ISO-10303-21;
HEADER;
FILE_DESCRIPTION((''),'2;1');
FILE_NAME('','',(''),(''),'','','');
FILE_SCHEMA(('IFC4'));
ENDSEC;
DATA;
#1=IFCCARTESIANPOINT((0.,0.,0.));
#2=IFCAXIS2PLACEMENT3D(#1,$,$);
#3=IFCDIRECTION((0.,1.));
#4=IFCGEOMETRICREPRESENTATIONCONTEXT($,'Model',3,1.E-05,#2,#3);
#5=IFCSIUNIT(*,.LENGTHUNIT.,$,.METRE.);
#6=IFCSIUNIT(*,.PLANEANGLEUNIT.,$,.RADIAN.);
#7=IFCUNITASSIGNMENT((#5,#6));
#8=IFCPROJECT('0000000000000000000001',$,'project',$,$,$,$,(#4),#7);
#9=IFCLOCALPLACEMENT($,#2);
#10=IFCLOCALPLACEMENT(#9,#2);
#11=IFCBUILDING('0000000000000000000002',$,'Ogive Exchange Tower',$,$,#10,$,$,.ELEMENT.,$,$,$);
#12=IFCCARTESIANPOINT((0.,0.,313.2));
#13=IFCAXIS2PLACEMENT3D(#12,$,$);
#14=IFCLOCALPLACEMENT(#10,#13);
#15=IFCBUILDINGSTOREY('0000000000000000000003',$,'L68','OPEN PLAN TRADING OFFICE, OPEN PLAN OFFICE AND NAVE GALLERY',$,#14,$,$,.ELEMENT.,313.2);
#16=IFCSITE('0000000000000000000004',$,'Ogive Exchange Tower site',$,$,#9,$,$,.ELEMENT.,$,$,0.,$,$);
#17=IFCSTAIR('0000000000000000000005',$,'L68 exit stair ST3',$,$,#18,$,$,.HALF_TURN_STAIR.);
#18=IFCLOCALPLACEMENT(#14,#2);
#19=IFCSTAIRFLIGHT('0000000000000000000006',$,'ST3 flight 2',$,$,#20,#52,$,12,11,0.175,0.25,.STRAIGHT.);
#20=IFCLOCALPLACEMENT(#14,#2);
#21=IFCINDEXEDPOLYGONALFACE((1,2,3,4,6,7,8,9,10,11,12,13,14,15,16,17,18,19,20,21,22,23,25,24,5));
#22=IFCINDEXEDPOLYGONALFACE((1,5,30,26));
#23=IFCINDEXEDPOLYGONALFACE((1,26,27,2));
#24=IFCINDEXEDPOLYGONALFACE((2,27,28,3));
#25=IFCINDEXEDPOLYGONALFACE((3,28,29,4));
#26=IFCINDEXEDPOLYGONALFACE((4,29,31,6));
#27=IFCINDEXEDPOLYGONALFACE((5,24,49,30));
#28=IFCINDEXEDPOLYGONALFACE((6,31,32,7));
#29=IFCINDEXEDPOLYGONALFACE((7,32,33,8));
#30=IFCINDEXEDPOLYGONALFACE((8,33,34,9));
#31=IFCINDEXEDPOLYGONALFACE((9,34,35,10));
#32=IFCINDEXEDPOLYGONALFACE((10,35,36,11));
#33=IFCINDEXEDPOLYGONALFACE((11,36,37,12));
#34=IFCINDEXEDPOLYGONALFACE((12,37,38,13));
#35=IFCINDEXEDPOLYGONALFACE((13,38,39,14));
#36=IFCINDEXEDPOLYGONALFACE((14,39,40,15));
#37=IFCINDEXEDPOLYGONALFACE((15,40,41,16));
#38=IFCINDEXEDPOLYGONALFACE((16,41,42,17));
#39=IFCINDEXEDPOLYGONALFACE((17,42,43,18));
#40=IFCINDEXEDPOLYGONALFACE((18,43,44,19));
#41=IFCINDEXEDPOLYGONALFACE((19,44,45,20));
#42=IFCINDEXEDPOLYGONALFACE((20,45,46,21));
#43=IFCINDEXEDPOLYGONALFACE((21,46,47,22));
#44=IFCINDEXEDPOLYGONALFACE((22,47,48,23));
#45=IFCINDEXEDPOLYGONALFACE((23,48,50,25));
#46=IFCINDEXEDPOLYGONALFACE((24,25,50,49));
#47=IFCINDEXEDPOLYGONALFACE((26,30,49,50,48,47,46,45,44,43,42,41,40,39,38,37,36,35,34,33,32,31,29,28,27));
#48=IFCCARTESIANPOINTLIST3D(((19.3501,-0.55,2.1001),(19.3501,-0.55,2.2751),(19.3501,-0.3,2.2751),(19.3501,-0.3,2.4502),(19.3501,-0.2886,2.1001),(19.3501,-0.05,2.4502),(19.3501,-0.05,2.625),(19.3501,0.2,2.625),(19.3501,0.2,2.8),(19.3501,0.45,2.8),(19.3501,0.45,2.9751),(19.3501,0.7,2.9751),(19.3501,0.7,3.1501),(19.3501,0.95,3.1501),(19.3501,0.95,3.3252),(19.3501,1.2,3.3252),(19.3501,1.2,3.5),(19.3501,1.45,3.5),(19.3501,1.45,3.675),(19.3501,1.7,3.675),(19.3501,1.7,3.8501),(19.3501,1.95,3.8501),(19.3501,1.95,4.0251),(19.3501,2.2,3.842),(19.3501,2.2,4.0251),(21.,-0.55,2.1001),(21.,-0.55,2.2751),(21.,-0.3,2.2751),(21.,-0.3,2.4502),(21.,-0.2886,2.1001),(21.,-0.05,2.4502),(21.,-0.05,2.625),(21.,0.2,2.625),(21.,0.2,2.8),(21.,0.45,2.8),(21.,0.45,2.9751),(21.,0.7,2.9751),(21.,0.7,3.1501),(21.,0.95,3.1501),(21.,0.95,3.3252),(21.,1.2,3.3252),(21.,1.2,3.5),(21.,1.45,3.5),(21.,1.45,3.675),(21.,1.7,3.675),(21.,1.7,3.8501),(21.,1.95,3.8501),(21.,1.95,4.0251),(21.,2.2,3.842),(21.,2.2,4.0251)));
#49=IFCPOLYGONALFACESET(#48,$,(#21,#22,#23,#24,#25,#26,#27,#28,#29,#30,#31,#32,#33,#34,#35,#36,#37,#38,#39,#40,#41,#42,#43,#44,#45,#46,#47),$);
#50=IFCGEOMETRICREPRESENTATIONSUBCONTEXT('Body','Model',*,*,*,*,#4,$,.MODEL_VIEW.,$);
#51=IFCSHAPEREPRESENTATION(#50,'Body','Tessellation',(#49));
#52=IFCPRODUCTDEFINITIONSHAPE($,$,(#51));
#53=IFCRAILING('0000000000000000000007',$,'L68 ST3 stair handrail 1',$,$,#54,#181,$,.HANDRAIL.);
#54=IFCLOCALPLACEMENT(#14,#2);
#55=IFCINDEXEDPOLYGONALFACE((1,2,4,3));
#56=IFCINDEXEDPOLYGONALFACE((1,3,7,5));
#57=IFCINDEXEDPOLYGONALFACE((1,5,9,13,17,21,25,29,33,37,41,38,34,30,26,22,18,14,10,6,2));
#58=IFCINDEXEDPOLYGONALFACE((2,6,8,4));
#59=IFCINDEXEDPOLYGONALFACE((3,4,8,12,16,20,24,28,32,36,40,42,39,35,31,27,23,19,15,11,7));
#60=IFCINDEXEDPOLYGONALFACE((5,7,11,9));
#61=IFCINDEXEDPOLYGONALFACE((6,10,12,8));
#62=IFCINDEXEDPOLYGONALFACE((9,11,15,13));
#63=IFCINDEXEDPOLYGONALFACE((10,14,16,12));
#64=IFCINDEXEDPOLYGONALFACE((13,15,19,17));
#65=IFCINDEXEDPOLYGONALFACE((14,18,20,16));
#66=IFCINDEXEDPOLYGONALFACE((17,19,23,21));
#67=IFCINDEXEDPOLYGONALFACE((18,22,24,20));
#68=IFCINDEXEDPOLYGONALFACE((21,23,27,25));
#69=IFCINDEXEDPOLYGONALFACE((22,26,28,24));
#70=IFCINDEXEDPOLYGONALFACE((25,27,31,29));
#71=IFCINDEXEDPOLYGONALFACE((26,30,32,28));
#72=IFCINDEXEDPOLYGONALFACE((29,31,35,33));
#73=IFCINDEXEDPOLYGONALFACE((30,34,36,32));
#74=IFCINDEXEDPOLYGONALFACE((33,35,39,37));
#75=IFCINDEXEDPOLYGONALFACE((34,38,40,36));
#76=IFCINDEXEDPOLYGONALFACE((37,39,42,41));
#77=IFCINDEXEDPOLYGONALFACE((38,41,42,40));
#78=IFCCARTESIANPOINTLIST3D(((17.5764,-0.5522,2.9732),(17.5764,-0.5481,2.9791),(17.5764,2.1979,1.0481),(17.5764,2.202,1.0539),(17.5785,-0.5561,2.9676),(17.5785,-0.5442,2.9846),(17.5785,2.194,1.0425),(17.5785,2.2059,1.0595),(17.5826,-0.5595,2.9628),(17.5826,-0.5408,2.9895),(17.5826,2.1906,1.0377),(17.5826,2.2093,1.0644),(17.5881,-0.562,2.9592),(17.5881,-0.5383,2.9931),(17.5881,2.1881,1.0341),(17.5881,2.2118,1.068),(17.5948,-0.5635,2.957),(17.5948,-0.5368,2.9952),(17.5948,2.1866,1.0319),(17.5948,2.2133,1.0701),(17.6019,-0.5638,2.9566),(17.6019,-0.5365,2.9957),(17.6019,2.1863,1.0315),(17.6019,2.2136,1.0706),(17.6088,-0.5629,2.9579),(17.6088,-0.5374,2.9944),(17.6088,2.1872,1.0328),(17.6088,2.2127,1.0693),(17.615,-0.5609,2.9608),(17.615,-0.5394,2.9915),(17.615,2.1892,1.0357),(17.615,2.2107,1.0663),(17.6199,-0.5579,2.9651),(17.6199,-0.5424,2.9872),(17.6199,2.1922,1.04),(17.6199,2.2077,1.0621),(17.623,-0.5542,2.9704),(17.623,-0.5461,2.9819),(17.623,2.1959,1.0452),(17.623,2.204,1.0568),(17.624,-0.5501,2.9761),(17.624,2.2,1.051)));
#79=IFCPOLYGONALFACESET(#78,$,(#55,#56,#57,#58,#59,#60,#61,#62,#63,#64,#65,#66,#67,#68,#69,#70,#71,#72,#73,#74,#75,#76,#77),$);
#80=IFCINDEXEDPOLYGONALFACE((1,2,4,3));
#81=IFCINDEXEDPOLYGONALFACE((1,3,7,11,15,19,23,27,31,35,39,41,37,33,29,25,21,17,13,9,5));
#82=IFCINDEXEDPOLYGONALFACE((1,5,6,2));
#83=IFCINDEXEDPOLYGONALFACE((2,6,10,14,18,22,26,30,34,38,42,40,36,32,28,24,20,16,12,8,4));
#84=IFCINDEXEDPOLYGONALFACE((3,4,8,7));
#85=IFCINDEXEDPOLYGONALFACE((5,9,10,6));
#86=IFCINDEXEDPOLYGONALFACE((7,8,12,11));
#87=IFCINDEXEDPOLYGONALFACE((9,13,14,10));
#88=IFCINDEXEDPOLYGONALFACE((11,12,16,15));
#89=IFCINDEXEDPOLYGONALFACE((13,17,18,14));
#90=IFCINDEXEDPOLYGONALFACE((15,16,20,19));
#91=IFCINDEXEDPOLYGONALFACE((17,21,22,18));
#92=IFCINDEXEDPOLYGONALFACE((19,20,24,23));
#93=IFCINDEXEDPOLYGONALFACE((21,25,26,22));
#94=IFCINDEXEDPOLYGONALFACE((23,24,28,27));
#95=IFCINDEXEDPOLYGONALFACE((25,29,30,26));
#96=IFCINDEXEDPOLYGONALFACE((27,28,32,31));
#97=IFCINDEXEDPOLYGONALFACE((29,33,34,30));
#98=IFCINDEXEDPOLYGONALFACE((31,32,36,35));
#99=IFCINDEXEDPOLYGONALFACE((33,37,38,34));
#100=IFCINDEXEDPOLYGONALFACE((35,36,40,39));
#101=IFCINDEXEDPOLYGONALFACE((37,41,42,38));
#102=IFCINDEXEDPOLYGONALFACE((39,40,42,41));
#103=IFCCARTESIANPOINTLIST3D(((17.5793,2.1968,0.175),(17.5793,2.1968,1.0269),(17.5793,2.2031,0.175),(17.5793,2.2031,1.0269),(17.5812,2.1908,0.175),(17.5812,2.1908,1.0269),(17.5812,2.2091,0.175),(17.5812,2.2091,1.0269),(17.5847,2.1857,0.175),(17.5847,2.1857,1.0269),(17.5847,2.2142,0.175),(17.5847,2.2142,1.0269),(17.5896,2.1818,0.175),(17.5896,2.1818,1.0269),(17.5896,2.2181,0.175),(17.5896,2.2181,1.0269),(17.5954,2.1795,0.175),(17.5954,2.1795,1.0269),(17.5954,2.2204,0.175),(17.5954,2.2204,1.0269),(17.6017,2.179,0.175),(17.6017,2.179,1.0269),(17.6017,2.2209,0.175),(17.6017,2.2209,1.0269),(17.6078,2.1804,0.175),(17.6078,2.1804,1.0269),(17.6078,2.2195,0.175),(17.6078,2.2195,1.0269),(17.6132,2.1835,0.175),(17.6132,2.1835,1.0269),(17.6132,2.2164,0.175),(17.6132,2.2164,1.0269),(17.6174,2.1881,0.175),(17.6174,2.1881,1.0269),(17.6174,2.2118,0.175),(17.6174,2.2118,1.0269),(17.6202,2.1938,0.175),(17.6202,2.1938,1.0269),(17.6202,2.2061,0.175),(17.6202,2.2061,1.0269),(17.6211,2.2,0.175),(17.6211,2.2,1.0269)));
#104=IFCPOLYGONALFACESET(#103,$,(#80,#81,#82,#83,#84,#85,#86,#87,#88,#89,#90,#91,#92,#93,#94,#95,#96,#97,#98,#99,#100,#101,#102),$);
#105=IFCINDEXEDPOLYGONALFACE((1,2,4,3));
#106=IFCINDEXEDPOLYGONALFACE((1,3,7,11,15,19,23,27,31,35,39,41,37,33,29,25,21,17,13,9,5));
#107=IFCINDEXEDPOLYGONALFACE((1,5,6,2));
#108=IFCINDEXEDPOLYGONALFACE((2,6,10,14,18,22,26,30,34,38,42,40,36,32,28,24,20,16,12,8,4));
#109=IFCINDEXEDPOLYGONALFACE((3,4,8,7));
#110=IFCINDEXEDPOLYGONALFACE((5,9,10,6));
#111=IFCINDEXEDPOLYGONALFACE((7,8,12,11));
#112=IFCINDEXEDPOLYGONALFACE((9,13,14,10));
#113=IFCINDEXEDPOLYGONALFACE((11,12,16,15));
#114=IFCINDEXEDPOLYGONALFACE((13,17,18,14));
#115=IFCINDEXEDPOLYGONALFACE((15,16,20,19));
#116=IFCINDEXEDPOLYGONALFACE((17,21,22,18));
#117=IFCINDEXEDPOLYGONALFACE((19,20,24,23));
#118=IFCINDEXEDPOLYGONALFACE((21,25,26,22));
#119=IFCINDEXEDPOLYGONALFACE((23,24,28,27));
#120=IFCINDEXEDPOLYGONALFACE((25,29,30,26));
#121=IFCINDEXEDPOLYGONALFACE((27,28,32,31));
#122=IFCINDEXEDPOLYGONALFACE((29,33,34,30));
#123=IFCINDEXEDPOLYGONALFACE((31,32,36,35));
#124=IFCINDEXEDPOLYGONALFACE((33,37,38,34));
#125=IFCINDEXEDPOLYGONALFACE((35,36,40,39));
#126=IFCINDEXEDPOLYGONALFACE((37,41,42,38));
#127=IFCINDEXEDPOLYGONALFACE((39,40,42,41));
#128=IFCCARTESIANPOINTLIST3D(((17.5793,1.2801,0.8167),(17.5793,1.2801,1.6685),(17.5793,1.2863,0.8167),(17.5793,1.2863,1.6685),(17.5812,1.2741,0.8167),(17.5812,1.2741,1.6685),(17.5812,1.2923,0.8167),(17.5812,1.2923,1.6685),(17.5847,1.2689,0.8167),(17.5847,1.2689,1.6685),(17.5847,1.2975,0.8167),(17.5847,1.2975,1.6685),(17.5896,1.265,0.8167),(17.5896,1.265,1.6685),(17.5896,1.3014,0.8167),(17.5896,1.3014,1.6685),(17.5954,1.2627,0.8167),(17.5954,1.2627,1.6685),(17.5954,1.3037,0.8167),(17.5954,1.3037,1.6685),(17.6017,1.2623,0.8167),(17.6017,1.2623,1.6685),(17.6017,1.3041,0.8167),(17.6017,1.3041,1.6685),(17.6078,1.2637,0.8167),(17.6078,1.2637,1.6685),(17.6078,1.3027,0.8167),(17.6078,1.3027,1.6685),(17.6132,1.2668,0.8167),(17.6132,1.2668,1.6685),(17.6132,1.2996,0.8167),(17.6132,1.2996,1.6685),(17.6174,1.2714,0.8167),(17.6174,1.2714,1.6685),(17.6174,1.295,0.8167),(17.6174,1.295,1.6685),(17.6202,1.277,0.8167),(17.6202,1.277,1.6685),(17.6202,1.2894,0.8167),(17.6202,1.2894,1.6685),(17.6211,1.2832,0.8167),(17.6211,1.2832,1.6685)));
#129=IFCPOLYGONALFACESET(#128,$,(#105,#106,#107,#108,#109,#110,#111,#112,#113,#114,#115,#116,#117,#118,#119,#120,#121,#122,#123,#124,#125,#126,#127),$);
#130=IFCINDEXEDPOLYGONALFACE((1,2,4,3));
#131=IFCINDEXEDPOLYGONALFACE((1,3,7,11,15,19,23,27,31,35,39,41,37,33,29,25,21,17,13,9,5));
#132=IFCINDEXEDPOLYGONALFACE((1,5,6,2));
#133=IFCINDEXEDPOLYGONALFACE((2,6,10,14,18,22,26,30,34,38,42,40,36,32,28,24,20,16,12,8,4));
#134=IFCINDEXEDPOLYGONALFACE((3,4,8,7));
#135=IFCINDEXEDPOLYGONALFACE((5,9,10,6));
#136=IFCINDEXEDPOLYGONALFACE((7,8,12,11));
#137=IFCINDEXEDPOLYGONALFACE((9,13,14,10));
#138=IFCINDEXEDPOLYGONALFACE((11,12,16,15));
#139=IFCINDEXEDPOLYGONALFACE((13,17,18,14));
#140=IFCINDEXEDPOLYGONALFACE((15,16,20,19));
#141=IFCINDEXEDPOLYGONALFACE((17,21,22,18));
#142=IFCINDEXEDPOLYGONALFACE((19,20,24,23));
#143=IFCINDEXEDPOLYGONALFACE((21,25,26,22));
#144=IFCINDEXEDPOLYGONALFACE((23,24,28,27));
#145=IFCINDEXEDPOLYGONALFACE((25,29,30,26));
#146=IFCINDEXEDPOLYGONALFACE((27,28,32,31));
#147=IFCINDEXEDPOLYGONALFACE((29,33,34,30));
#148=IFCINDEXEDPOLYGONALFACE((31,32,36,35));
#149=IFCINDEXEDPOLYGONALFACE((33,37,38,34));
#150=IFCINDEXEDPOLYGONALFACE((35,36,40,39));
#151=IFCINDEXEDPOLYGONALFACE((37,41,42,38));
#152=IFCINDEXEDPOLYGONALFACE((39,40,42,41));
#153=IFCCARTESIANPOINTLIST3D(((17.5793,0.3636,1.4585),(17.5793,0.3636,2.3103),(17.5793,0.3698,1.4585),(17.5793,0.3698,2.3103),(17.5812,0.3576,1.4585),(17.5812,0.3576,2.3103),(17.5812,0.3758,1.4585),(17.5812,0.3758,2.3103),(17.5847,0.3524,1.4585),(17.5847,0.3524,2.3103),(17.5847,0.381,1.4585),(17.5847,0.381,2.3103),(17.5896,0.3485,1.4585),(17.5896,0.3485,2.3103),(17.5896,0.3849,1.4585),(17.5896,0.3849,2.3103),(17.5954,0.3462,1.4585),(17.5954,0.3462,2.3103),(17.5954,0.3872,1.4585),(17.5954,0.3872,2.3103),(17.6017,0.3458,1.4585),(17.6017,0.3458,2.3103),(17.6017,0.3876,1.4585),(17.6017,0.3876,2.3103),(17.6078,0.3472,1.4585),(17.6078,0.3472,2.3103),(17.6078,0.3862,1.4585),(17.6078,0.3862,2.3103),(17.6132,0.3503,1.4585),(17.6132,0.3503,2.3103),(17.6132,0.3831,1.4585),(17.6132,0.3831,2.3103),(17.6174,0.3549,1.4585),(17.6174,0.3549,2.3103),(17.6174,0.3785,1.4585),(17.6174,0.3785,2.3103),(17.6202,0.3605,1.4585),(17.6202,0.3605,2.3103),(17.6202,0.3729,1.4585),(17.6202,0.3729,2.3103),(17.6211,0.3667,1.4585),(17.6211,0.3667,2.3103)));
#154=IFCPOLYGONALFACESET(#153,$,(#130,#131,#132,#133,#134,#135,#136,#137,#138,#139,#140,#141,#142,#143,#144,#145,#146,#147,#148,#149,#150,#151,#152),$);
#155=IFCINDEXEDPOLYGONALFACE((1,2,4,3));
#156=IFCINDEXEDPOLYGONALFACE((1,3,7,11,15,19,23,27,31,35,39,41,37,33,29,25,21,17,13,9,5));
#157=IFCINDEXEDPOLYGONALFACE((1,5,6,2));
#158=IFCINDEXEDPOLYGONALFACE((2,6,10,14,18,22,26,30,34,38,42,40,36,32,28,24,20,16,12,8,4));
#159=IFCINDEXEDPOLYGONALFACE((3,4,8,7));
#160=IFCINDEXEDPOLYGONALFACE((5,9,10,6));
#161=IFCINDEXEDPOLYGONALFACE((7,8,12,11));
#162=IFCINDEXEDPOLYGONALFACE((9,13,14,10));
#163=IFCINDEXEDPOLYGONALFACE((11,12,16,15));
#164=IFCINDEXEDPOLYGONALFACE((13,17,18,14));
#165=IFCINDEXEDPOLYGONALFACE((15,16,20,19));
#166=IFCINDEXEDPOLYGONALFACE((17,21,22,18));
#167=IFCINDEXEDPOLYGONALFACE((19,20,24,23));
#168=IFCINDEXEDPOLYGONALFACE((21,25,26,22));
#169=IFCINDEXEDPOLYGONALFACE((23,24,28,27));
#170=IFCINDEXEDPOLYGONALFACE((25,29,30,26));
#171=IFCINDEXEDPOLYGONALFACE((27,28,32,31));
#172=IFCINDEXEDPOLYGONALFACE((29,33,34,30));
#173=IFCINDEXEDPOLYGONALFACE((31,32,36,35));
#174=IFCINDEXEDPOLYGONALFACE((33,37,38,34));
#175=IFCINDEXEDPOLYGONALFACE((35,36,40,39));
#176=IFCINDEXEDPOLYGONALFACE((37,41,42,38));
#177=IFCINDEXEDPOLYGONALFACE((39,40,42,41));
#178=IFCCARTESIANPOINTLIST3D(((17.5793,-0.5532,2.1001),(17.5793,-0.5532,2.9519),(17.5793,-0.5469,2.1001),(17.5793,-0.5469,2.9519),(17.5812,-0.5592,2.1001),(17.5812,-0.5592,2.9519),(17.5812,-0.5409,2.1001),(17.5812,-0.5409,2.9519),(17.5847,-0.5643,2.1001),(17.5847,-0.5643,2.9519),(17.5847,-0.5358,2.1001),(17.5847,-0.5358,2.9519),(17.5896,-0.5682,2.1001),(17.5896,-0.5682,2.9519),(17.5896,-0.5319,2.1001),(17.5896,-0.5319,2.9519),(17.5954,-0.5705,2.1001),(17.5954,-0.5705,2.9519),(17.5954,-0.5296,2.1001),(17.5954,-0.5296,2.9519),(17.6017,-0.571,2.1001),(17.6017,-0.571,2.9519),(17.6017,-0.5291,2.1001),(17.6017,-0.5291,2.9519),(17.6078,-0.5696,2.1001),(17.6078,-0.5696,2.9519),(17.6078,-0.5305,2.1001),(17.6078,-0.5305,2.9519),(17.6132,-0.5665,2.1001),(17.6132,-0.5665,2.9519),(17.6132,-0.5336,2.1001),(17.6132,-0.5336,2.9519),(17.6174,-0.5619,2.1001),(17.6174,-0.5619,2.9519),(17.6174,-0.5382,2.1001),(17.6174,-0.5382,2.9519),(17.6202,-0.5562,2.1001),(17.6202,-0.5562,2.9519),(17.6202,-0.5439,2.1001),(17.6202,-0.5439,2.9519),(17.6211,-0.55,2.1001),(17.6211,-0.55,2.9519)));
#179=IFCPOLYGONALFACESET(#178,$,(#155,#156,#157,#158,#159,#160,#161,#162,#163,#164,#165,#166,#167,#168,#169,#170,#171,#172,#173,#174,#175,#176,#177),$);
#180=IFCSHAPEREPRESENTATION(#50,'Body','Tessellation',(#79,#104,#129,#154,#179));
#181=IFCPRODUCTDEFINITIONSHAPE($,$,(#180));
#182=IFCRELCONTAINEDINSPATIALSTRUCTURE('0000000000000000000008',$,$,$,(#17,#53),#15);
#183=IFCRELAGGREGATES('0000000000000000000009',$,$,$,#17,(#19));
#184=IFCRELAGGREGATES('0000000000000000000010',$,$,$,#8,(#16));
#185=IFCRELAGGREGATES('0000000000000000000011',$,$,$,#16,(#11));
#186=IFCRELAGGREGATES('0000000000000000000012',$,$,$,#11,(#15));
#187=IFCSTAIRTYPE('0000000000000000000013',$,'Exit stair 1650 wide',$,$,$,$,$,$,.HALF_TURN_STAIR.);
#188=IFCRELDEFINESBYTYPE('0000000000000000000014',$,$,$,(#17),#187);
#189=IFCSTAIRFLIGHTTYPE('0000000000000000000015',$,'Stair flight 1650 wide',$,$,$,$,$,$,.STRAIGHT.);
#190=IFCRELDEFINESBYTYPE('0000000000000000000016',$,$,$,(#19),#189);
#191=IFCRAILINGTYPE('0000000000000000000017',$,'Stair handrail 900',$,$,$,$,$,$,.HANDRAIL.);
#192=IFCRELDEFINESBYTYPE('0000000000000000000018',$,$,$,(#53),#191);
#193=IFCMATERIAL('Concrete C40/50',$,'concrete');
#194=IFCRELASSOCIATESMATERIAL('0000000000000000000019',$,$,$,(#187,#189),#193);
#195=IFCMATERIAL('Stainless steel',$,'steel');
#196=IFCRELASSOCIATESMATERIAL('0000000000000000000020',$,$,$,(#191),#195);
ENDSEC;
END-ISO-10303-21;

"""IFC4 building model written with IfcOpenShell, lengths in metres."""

from ifc_helpers import new_model, si_unit, direction, frame, origin, origin_2d, place, context, subcontext, project, spatial, polyline, circle, outline, extrude, material, type_object, element, aggregate, save


model = new_model("IFC4")

# Units and contexts
model_context = context("Model", 3, precision=1e-05, world=origin(), true_north=direction((0.0, 1.0)))
body_context = subcontext(model_context, "Body", "Model", "MODEL_VIEW")
ifc_project = project(units=[si_unit("LENGTHUNIT", "METRE"), si_unit("PLANEANGLEUNIT", "RADIAN")], contexts=[model_context])

# Site, building, storey
site_placement = place(None, origin())
site = spatial("IfcSite", under=ifc_project, at=site_placement, Name="Ogive Exchange Tower site", CompositionType="ELEMENT", RefElevation=0.0)
building_placement = place(site_placement, origin())
building = spatial("IfcBuilding", under=site, at=building_placement, Name="Ogive Exchange Tower", CompositionType="ELEMENT")
storey_placement = place(building_placement, frame((0.0, 0.0, 313.2)))
storey = spatial("IfcBuildingStorey", under=building, at=storey_placement, Name="L68", Description="OPEN PLAN TRADING OFFICE, OPEN PLAN OFFICE AND NAVE GALLERY", CompositionType="ELEMENT", Elevation=313.2)

# Shared definitions
ifc_material_1 = material(Name="Stainless steel", Category="steel")

# Stair, stair flight
ifc_material_2 = material(Name="Concrete C40/50", Category="concrete")
stair_type = type_object("IfcStairType", Name="Exit stair 1650 wide", PredefinedType="HALF_TURN_STAIR", material=ifc_material_2)
stair_placement = place(storey_placement, origin())
stair = element("IfcStair", 1, at=stair_placement, inside=storey, type_object=stair_type, Name="L68 exit stair ST3", PredefinedType="HALF_TURN_STAIR")
stair_flight_type = type_object("IfcStairFlightType", Name="Stair flight 1650 wide", PredefinedType="STRAIGHT", material=ifc_material_2)
stair_flight_1_placement = place(storey_placement, frame((20.175, -0.55, 2.1001), z_axis=(0.0, 0.0, 1.0), x_axis=(0.0, 1.0, 0.0)))
stair_flight_1 = element("IfcStairFlight", 2, at=stair_flight_1_placement, type_object=stair_flight_type, Name="ST3 flight 2", NumberOfRisers=12, NumberOfTreads=11, PredefinedType="STRAIGHT", RiserHeight=0.175, TreadLength=0.25, context=body_context, shape_type="SweptSolid", body=[
    extrude(outline(polyline([(0.0, 0.0), (0.0, 0.175), (0.25, 0.175), (0.25, 0.3501), (0.5, 0.3501), (0.5, 0.5249), (0.75, 0.5249), (0.75, 0.7), (1.0, 0.7), (1.0, 0.875), (1.25, 0.875), (1.25, 1.05), (1.5, 1.05), (1.5, 1.2251), (1.75, 1.2251), (1.75, 1.3999), (2.0, 1.3999), (2.0, 1.575), (2.25, 1.575), (2.25, 1.75), (2.5, 1.75), (2.5, 1.925), (2.75, 1.925), (2.75, 2.1001), (2.75, 1.7419), (0.2615, 0.0), (0.0, 0.0)])), frame((0.0, 0.825, 0.0), z_axis=(0.0, -1.0, 0.0), x_axis=(1.0, 0.0, 0.0)), (0.0, 0.0, 1.0), 1.6499),
])
aggregate(stair, [stair_flight_1])

# Railing
railing_type = type_object("IfcRailingType", Name="Stair handrail 900", PredefinedType="HANDRAIL", material=ifc_material_1)
railing_1_placement = place(storey_placement, frame((17.6001, 2.2, 0.175)))
element("IfcRailing", 3, at=railing_1_placement, inside=storey, type_object=railing_type, Name="L68 ST3 stair handrail 1", PredefinedType="HANDRAIL", context=body_context, shape_type="SweptSolid", body=[
    extrude(circle(Radius=0.0239, at=origin_2d()), frame((0.0, 0.0, 0.876), z_axis=(0.0, -0.819225, 0.573472), x_axis=(1.0, 0.0, 0.0)), (0.0, 0.0, 1.0), 3.3569),
    extrude(circle(Radius=0.021, at=origin_2d()), origin(), (0.0, 0.0, 1.0), 0.8518),
    extrude(circle(Radius=0.021, at=origin_2d()), frame((0.0, -0.9167, 0.6416)), (0.0, 0.0, 1.0), 0.8518),
    extrude(circle(Radius=0.021, at=origin_2d()), frame((0.0, -1.8333, 1.2834)), (0.0, 0.0, 1.0), 0.8518),
    extrude(circle(Radius=0.021, at=origin_2d()), frame((0.0, -2.75, 1.925)), (0.0, 0.0, 1.0), 0.8518),
])

save(model, "model.ifc")
